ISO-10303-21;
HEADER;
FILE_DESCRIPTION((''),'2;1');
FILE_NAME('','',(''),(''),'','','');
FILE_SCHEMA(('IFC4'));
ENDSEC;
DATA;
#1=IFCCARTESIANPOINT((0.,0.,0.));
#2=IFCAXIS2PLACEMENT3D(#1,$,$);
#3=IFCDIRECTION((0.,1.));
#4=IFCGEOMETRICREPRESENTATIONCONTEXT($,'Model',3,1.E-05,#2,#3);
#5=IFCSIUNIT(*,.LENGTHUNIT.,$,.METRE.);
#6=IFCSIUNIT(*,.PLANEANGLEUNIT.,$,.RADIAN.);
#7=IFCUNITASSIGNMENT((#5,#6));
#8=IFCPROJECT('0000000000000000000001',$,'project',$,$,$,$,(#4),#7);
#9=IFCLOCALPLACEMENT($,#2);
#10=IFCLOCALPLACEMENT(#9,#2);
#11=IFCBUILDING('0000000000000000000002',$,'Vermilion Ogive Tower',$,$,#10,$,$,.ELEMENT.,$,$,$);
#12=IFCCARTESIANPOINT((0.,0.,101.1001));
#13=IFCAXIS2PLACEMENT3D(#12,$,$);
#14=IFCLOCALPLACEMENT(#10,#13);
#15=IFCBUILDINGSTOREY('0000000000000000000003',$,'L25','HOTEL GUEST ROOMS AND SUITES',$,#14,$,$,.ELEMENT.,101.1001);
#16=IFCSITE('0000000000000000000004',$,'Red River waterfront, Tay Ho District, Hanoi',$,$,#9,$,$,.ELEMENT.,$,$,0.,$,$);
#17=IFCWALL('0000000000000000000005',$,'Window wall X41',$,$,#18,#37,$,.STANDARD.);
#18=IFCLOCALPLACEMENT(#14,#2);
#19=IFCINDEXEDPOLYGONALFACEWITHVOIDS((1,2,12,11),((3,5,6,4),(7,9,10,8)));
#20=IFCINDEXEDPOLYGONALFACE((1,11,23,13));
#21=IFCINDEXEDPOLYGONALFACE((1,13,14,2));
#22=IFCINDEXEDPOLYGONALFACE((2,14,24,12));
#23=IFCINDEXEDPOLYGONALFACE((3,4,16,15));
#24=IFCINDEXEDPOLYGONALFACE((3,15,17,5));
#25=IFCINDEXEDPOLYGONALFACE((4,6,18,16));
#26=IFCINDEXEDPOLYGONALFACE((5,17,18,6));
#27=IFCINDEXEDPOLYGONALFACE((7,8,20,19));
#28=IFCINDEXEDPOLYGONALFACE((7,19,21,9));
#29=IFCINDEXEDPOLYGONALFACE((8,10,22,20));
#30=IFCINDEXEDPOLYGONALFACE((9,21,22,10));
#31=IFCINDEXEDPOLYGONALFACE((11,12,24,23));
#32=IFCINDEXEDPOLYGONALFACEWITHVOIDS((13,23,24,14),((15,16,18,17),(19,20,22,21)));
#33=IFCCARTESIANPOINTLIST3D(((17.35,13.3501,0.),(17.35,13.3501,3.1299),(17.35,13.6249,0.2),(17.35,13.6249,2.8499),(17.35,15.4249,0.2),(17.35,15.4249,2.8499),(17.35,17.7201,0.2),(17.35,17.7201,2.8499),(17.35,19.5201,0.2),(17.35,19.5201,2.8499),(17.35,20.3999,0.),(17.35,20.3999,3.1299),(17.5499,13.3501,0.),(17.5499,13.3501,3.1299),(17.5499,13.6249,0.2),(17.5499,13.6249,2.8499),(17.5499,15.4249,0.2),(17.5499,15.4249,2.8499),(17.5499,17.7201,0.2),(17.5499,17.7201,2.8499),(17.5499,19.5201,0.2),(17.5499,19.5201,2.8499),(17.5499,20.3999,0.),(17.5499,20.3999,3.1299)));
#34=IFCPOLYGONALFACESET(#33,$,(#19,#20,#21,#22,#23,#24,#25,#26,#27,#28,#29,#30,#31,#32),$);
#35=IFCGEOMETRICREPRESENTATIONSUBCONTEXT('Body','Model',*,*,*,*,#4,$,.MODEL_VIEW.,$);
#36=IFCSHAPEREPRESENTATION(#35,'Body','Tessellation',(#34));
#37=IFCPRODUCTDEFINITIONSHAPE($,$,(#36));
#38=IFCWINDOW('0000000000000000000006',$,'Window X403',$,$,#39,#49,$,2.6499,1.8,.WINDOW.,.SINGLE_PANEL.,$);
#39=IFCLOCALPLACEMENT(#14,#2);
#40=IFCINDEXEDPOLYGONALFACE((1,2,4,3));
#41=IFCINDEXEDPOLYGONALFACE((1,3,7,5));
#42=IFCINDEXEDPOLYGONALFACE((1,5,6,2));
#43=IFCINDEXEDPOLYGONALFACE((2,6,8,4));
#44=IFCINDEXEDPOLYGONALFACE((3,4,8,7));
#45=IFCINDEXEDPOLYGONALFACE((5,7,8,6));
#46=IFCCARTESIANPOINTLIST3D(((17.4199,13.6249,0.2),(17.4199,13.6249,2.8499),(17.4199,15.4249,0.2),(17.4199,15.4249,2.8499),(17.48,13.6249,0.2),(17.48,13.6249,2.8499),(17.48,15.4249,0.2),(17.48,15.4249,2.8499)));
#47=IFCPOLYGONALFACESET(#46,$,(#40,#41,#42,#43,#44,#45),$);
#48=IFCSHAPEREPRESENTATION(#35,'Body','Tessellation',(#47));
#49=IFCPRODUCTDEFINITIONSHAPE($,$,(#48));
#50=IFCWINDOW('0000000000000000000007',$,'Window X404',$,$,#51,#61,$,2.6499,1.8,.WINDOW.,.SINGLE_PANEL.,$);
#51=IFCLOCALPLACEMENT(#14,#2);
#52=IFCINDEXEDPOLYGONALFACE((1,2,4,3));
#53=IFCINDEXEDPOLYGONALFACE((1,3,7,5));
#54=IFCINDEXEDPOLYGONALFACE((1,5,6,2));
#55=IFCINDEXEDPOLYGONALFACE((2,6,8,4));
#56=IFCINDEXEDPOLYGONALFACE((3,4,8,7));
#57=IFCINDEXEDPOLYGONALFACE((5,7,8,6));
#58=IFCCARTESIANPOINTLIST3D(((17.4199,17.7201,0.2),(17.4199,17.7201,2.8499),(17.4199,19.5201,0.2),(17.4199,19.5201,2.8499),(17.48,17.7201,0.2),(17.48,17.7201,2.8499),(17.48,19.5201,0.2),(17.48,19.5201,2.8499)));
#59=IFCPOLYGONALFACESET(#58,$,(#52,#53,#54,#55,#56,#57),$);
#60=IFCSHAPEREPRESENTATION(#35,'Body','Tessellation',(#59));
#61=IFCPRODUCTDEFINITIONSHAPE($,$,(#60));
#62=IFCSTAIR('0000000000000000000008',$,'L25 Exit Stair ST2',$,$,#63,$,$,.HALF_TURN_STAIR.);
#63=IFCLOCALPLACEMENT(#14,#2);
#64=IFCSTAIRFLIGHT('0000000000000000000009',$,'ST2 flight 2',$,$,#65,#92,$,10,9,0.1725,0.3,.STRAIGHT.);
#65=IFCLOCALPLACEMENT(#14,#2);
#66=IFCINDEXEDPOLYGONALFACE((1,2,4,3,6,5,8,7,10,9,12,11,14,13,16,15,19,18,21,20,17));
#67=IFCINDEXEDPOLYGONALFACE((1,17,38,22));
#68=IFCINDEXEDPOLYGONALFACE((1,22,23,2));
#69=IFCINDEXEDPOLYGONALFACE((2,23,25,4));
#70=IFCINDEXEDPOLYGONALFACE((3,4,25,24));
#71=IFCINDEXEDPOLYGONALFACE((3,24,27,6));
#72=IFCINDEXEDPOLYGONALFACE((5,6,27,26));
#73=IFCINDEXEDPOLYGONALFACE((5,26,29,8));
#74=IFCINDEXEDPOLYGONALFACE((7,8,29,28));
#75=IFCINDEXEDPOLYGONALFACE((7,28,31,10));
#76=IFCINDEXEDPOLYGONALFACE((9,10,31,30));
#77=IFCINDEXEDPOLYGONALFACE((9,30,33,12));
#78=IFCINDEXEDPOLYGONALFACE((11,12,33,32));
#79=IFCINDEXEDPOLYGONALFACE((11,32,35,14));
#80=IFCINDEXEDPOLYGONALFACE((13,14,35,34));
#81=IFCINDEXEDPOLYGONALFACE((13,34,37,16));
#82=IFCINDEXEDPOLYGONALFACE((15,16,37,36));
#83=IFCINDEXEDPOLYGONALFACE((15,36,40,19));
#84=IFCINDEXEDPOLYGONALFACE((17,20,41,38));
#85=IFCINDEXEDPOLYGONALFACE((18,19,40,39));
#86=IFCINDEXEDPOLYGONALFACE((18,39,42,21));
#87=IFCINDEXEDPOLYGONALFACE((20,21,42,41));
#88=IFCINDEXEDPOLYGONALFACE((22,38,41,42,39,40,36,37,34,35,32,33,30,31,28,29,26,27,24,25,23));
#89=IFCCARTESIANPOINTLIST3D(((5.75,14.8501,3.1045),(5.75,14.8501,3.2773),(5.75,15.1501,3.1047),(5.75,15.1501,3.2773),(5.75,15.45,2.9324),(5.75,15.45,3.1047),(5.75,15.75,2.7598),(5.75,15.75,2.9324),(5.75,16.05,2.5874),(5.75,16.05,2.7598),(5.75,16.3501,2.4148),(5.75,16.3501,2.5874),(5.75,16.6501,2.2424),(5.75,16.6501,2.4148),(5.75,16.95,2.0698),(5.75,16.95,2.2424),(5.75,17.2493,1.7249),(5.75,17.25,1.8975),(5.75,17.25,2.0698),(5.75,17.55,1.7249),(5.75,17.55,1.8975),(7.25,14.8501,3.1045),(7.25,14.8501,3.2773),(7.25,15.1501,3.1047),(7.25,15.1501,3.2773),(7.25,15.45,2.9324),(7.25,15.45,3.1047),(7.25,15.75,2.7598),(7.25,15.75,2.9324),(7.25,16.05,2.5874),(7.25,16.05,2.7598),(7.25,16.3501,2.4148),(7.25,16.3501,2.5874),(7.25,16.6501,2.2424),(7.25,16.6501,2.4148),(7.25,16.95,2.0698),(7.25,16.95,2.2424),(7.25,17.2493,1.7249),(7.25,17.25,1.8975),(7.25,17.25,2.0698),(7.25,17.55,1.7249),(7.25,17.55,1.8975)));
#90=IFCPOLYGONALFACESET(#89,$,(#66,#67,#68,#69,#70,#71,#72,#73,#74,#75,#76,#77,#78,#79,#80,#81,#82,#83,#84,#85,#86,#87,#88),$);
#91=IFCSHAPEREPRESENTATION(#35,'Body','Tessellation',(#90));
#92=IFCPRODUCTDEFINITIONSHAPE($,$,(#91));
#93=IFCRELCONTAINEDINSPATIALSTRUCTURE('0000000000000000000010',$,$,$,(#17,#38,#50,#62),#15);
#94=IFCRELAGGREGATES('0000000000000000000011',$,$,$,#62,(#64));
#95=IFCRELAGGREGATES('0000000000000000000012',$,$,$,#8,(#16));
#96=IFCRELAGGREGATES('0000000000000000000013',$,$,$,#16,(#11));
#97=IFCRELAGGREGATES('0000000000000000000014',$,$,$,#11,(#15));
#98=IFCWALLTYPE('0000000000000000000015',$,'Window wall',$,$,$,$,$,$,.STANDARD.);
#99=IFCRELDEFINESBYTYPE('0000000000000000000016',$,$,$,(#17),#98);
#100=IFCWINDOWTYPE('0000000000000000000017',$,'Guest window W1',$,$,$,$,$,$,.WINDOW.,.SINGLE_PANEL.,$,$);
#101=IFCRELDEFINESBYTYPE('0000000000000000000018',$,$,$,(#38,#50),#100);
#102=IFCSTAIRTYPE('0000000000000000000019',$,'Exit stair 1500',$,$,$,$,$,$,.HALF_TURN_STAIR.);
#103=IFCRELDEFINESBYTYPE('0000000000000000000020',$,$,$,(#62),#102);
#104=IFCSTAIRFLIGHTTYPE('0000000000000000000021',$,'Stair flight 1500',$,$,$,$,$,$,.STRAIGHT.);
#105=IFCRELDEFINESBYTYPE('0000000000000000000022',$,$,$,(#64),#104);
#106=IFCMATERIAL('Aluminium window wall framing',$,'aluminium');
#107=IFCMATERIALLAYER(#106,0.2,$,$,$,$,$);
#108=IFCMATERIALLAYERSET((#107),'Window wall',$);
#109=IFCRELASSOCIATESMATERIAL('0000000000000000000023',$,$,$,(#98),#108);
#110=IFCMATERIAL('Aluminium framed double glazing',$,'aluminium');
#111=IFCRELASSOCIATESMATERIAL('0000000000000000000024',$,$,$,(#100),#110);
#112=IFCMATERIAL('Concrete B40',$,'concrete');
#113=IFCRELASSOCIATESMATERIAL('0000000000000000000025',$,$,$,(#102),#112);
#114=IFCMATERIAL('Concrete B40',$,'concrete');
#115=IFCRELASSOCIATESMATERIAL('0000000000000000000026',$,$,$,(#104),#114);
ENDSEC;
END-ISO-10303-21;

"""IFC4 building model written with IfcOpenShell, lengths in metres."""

from ifc_helpers import new_model, si_unit, direction, frame, frame_2d, origin, place, context, subcontext, project, spatial, polyline, rectangle, outline, extrude, material, layer, layer_set, type_object, element, fill, aggregate, save


model = new_model("IFC4")

# Units and contexts
model_context = context("Model", 3, precision=1e-05, world=origin(), true_north=direction((0.0, 1.0)))
body_context = subcontext(model_context, "Body", "Model", "MODEL_VIEW")
ifc_project = project(units=[si_unit("LENGTHUNIT", "METRE"), si_unit("PLANEANGLEUNIT", "RADIAN")], contexts=[model_context])

# Site, building, storey
site_placement = place(None, origin())
site = spatial("IfcSite", under=ifc_project, at=site_placement, Name="Red River waterfront, Tay Ho District, Hanoi", CompositionType="ELEMENT", RefElevation=0.0)
building_placement = place(site_placement, origin())
building = spatial("IfcBuilding", under=site, at=building_placement, Name="Vermilion Ogive Tower", CompositionType="ELEMENT")
storey_placement = place(building_placement, frame((0.0, 0.0, 101.1001)))
storey = spatial("IfcBuildingStorey", under=building, at=storey_placement, Name="L25", Description="HOTEL GUEST ROOMS AND SUITES", CompositionType="ELEMENT", Elevation=101.1001)

# Shared definitions
ifc_material_1 = material(Name="Aluminium window wall framing", Category="aluminium")
ifc_layer_1 = layer(ifc_material_1, 0.2)
ifc_layer_set_1 = layer_set([ifc_layer_1], Name="Window wall")
wall_type_1 = type_object("IfcWallType", Name="Window wall", PredefinedType="STANDARD", material=ifc_layer_set_1)

# Wall, openings, windows
wall_1_placement = place(storey_placement, frame((17.45, 13.3501, 0.0), z_axis=(0.0, 0.0, 1.0), x_axis=(0.0, 1.0, 0.0)))
wall_1 = element("IfcWall", 1, at=wall_1_placement, inside=storey, type_object=wall_type_1, Name="Window wall X41", PredefinedType="STANDARD", context=body_context, shape_type="SweptSolid", body=[
    extrude(rectangle(XDim=7.0498, YDim=0.2, at=frame_2d((3.5249, 0.0))), origin(), (0.0, 0.0, 1.0), 3.1299),
])
opening_1_placement = place(wall_1_placement, frame((0.2749, 0.0, 0.2)))
opening_1 = element("IfcOpeningElement", 2, at=opening_1_placement, cuts=wall_1, PredefinedType="OPENING", context=body_context, shape_type="SweptSolid", body=[
    extrude(rectangle(XDim=1.8, YDim=2.6499, at=frame_2d((0.8999, 1.325))), frame((0.0, 0.1099, 0.0), z_axis=(0.0, -1.0, 0.0), x_axis=(1.0, 0.0, 0.0)), (0.0, 0.0, 1.0), 0.22),
])
opening_2_placement = place(wall_1_placement, frame((4.3701, 0.0, 0.2)))
opening_2 = element("IfcOpeningElement", 3, at=opening_2_placement, cuts=wall_1, PredefinedType="OPENING", context=body_context, shape_type="SweptSolid", body=[
    extrude(rectangle(XDim=1.8, YDim=2.6499, at=frame_2d((0.8999, 1.325))), frame((0.0, 0.1099, 0.0), z_axis=(0.0, -1.0, 0.0), x_axis=(1.0, 0.0, 0.0)), (0.0, 0.0, 1.0), 0.22),
])
ifc_material_2 = material(Name="Aluminium framed double glazing", Category="aluminium")
window_type = type_object("IfcWindowType", Name="Guest window W1", PartitioningType="SINGLE_PANEL", PredefinedType="WINDOW", material=ifc_material_2)
window_1_placement = place(opening_1_placement, origin())
window_1 = element("IfcWindow", 4, at=window_1_placement, inside=storey, type_object=window_type, Name="Window X403", OverallHeight=2.6499, OverallWidth=1.8, PartitioningType="SINGLE_PANEL", PredefinedType="WINDOW", context=body_context, shape_type="SweptSolid", body=[
    extrude(rectangle(XDim=1.8, YDim=2.6499, at=frame_2d((0.8999, 1.325))), frame((0.0, 0.03, 0.0), z_axis=(0.0, -1.0, 0.0), x_axis=(1.0, 0.0, 0.0)), (0.0, 0.0, 1.0), 0.0601),
])
fill(opening_1, window_1)
window_2_placement = place(opening_2_placement, origin())
window_2 = element("IfcWindow", 5, at=window_2_placement, inside=storey, type_object=window_type, Name="Window X404", OverallHeight=2.6499, OverallWidth=1.8, PartitioningType="SINGLE_PANEL", PredefinedType="WINDOW", context=body_context, shape_type="SweptSolid", body=[
    extrude(rectangle(XDim=1.8, YDim=2.6499, at=frame_2d((0.8999, 1.325))), frame((0.0, 0.03, 0.0), z_axis=(0.0, -1.0, 0.0), x_axis=(1.0, 0.0, 0.0)), (0.0, 0.0, 1.0), 0.0601),
])
fill(opening_2, window_2)

# Stair, stair flight
ifc_material_3 = material(Name="Concrete B40", Category="concrete")
stair_type = type_object("IfcStairType", Name="Exit stair 1500", PredefinedType="HALF_TURN_STAIR", material=ifc_material_3)
stair_placement = place(storey_placement, origin())
stair = element("IfcStair", 6, at=stair_placement, inside=storey, type_object=stair_type, Name="L25 Exit Stair ST2", PredefinedType="HALF_TURN_STAIR")
ifc_material_4 = material(Name="Concrete B40", Category="concrete")
stair_flight_type = type_object("IfcStairFlightType", Name="Stair flight 1500", PredefinedType="STRAIGHT", material=ifc_material_4)
stair_flight_placement = place(storey_placement, frame((6.5, 17.55, 1.7249), z_axis=(0.0, 0.0, 1.0), x_axis=(0.0, -1.0, 0.0)))
stair_flight = element("IfcStairFlight", 7, at=stair_flight_placement, type_object=stair_flight_type, Name="ST2 flight 2", NumberOfRisers=10, NumberOfTreads=9, PredefinedType="STRAIGHT", RiserHeight=0.1725, TreadLength=0.3, context=body_context, shape_type="SweptSolid", body=[
    extrude(outline(polyline([(0.0, 0.0), (0.0, 0.1726), (0.3, 0.1726), (0.3, 0.345), (0.6001, 0.345), (0.6001, 0.5176), (0.8999, 0.5176), (0.8999, 0.6899), (1.2, 0.6899), (1.2, 0.8625), (1.5, 0.8625), (1.5, 1.0349), (1.8, 1.0349), (1.8, 1.2075), (2.1001, 1.2075), (2.1001, 1.3799), (2.3999, 1.3799), (2.3999, 1.5525), (2.7, 1.5525), (2.7, 1.7251), (2.7, 1.3796), (0.3008, 0.0), (0.0, 0.0)])), frame((0.0, 0.75, 0.0), z_axis=(0.0, -1.0, 0.0), x_axis=(1.0, 0.0, 0.0)), (0.0, 0.0, 1.0), 1.5),
])
aggregate(stair, [stair_flight])

save(model, "model.ifc")
